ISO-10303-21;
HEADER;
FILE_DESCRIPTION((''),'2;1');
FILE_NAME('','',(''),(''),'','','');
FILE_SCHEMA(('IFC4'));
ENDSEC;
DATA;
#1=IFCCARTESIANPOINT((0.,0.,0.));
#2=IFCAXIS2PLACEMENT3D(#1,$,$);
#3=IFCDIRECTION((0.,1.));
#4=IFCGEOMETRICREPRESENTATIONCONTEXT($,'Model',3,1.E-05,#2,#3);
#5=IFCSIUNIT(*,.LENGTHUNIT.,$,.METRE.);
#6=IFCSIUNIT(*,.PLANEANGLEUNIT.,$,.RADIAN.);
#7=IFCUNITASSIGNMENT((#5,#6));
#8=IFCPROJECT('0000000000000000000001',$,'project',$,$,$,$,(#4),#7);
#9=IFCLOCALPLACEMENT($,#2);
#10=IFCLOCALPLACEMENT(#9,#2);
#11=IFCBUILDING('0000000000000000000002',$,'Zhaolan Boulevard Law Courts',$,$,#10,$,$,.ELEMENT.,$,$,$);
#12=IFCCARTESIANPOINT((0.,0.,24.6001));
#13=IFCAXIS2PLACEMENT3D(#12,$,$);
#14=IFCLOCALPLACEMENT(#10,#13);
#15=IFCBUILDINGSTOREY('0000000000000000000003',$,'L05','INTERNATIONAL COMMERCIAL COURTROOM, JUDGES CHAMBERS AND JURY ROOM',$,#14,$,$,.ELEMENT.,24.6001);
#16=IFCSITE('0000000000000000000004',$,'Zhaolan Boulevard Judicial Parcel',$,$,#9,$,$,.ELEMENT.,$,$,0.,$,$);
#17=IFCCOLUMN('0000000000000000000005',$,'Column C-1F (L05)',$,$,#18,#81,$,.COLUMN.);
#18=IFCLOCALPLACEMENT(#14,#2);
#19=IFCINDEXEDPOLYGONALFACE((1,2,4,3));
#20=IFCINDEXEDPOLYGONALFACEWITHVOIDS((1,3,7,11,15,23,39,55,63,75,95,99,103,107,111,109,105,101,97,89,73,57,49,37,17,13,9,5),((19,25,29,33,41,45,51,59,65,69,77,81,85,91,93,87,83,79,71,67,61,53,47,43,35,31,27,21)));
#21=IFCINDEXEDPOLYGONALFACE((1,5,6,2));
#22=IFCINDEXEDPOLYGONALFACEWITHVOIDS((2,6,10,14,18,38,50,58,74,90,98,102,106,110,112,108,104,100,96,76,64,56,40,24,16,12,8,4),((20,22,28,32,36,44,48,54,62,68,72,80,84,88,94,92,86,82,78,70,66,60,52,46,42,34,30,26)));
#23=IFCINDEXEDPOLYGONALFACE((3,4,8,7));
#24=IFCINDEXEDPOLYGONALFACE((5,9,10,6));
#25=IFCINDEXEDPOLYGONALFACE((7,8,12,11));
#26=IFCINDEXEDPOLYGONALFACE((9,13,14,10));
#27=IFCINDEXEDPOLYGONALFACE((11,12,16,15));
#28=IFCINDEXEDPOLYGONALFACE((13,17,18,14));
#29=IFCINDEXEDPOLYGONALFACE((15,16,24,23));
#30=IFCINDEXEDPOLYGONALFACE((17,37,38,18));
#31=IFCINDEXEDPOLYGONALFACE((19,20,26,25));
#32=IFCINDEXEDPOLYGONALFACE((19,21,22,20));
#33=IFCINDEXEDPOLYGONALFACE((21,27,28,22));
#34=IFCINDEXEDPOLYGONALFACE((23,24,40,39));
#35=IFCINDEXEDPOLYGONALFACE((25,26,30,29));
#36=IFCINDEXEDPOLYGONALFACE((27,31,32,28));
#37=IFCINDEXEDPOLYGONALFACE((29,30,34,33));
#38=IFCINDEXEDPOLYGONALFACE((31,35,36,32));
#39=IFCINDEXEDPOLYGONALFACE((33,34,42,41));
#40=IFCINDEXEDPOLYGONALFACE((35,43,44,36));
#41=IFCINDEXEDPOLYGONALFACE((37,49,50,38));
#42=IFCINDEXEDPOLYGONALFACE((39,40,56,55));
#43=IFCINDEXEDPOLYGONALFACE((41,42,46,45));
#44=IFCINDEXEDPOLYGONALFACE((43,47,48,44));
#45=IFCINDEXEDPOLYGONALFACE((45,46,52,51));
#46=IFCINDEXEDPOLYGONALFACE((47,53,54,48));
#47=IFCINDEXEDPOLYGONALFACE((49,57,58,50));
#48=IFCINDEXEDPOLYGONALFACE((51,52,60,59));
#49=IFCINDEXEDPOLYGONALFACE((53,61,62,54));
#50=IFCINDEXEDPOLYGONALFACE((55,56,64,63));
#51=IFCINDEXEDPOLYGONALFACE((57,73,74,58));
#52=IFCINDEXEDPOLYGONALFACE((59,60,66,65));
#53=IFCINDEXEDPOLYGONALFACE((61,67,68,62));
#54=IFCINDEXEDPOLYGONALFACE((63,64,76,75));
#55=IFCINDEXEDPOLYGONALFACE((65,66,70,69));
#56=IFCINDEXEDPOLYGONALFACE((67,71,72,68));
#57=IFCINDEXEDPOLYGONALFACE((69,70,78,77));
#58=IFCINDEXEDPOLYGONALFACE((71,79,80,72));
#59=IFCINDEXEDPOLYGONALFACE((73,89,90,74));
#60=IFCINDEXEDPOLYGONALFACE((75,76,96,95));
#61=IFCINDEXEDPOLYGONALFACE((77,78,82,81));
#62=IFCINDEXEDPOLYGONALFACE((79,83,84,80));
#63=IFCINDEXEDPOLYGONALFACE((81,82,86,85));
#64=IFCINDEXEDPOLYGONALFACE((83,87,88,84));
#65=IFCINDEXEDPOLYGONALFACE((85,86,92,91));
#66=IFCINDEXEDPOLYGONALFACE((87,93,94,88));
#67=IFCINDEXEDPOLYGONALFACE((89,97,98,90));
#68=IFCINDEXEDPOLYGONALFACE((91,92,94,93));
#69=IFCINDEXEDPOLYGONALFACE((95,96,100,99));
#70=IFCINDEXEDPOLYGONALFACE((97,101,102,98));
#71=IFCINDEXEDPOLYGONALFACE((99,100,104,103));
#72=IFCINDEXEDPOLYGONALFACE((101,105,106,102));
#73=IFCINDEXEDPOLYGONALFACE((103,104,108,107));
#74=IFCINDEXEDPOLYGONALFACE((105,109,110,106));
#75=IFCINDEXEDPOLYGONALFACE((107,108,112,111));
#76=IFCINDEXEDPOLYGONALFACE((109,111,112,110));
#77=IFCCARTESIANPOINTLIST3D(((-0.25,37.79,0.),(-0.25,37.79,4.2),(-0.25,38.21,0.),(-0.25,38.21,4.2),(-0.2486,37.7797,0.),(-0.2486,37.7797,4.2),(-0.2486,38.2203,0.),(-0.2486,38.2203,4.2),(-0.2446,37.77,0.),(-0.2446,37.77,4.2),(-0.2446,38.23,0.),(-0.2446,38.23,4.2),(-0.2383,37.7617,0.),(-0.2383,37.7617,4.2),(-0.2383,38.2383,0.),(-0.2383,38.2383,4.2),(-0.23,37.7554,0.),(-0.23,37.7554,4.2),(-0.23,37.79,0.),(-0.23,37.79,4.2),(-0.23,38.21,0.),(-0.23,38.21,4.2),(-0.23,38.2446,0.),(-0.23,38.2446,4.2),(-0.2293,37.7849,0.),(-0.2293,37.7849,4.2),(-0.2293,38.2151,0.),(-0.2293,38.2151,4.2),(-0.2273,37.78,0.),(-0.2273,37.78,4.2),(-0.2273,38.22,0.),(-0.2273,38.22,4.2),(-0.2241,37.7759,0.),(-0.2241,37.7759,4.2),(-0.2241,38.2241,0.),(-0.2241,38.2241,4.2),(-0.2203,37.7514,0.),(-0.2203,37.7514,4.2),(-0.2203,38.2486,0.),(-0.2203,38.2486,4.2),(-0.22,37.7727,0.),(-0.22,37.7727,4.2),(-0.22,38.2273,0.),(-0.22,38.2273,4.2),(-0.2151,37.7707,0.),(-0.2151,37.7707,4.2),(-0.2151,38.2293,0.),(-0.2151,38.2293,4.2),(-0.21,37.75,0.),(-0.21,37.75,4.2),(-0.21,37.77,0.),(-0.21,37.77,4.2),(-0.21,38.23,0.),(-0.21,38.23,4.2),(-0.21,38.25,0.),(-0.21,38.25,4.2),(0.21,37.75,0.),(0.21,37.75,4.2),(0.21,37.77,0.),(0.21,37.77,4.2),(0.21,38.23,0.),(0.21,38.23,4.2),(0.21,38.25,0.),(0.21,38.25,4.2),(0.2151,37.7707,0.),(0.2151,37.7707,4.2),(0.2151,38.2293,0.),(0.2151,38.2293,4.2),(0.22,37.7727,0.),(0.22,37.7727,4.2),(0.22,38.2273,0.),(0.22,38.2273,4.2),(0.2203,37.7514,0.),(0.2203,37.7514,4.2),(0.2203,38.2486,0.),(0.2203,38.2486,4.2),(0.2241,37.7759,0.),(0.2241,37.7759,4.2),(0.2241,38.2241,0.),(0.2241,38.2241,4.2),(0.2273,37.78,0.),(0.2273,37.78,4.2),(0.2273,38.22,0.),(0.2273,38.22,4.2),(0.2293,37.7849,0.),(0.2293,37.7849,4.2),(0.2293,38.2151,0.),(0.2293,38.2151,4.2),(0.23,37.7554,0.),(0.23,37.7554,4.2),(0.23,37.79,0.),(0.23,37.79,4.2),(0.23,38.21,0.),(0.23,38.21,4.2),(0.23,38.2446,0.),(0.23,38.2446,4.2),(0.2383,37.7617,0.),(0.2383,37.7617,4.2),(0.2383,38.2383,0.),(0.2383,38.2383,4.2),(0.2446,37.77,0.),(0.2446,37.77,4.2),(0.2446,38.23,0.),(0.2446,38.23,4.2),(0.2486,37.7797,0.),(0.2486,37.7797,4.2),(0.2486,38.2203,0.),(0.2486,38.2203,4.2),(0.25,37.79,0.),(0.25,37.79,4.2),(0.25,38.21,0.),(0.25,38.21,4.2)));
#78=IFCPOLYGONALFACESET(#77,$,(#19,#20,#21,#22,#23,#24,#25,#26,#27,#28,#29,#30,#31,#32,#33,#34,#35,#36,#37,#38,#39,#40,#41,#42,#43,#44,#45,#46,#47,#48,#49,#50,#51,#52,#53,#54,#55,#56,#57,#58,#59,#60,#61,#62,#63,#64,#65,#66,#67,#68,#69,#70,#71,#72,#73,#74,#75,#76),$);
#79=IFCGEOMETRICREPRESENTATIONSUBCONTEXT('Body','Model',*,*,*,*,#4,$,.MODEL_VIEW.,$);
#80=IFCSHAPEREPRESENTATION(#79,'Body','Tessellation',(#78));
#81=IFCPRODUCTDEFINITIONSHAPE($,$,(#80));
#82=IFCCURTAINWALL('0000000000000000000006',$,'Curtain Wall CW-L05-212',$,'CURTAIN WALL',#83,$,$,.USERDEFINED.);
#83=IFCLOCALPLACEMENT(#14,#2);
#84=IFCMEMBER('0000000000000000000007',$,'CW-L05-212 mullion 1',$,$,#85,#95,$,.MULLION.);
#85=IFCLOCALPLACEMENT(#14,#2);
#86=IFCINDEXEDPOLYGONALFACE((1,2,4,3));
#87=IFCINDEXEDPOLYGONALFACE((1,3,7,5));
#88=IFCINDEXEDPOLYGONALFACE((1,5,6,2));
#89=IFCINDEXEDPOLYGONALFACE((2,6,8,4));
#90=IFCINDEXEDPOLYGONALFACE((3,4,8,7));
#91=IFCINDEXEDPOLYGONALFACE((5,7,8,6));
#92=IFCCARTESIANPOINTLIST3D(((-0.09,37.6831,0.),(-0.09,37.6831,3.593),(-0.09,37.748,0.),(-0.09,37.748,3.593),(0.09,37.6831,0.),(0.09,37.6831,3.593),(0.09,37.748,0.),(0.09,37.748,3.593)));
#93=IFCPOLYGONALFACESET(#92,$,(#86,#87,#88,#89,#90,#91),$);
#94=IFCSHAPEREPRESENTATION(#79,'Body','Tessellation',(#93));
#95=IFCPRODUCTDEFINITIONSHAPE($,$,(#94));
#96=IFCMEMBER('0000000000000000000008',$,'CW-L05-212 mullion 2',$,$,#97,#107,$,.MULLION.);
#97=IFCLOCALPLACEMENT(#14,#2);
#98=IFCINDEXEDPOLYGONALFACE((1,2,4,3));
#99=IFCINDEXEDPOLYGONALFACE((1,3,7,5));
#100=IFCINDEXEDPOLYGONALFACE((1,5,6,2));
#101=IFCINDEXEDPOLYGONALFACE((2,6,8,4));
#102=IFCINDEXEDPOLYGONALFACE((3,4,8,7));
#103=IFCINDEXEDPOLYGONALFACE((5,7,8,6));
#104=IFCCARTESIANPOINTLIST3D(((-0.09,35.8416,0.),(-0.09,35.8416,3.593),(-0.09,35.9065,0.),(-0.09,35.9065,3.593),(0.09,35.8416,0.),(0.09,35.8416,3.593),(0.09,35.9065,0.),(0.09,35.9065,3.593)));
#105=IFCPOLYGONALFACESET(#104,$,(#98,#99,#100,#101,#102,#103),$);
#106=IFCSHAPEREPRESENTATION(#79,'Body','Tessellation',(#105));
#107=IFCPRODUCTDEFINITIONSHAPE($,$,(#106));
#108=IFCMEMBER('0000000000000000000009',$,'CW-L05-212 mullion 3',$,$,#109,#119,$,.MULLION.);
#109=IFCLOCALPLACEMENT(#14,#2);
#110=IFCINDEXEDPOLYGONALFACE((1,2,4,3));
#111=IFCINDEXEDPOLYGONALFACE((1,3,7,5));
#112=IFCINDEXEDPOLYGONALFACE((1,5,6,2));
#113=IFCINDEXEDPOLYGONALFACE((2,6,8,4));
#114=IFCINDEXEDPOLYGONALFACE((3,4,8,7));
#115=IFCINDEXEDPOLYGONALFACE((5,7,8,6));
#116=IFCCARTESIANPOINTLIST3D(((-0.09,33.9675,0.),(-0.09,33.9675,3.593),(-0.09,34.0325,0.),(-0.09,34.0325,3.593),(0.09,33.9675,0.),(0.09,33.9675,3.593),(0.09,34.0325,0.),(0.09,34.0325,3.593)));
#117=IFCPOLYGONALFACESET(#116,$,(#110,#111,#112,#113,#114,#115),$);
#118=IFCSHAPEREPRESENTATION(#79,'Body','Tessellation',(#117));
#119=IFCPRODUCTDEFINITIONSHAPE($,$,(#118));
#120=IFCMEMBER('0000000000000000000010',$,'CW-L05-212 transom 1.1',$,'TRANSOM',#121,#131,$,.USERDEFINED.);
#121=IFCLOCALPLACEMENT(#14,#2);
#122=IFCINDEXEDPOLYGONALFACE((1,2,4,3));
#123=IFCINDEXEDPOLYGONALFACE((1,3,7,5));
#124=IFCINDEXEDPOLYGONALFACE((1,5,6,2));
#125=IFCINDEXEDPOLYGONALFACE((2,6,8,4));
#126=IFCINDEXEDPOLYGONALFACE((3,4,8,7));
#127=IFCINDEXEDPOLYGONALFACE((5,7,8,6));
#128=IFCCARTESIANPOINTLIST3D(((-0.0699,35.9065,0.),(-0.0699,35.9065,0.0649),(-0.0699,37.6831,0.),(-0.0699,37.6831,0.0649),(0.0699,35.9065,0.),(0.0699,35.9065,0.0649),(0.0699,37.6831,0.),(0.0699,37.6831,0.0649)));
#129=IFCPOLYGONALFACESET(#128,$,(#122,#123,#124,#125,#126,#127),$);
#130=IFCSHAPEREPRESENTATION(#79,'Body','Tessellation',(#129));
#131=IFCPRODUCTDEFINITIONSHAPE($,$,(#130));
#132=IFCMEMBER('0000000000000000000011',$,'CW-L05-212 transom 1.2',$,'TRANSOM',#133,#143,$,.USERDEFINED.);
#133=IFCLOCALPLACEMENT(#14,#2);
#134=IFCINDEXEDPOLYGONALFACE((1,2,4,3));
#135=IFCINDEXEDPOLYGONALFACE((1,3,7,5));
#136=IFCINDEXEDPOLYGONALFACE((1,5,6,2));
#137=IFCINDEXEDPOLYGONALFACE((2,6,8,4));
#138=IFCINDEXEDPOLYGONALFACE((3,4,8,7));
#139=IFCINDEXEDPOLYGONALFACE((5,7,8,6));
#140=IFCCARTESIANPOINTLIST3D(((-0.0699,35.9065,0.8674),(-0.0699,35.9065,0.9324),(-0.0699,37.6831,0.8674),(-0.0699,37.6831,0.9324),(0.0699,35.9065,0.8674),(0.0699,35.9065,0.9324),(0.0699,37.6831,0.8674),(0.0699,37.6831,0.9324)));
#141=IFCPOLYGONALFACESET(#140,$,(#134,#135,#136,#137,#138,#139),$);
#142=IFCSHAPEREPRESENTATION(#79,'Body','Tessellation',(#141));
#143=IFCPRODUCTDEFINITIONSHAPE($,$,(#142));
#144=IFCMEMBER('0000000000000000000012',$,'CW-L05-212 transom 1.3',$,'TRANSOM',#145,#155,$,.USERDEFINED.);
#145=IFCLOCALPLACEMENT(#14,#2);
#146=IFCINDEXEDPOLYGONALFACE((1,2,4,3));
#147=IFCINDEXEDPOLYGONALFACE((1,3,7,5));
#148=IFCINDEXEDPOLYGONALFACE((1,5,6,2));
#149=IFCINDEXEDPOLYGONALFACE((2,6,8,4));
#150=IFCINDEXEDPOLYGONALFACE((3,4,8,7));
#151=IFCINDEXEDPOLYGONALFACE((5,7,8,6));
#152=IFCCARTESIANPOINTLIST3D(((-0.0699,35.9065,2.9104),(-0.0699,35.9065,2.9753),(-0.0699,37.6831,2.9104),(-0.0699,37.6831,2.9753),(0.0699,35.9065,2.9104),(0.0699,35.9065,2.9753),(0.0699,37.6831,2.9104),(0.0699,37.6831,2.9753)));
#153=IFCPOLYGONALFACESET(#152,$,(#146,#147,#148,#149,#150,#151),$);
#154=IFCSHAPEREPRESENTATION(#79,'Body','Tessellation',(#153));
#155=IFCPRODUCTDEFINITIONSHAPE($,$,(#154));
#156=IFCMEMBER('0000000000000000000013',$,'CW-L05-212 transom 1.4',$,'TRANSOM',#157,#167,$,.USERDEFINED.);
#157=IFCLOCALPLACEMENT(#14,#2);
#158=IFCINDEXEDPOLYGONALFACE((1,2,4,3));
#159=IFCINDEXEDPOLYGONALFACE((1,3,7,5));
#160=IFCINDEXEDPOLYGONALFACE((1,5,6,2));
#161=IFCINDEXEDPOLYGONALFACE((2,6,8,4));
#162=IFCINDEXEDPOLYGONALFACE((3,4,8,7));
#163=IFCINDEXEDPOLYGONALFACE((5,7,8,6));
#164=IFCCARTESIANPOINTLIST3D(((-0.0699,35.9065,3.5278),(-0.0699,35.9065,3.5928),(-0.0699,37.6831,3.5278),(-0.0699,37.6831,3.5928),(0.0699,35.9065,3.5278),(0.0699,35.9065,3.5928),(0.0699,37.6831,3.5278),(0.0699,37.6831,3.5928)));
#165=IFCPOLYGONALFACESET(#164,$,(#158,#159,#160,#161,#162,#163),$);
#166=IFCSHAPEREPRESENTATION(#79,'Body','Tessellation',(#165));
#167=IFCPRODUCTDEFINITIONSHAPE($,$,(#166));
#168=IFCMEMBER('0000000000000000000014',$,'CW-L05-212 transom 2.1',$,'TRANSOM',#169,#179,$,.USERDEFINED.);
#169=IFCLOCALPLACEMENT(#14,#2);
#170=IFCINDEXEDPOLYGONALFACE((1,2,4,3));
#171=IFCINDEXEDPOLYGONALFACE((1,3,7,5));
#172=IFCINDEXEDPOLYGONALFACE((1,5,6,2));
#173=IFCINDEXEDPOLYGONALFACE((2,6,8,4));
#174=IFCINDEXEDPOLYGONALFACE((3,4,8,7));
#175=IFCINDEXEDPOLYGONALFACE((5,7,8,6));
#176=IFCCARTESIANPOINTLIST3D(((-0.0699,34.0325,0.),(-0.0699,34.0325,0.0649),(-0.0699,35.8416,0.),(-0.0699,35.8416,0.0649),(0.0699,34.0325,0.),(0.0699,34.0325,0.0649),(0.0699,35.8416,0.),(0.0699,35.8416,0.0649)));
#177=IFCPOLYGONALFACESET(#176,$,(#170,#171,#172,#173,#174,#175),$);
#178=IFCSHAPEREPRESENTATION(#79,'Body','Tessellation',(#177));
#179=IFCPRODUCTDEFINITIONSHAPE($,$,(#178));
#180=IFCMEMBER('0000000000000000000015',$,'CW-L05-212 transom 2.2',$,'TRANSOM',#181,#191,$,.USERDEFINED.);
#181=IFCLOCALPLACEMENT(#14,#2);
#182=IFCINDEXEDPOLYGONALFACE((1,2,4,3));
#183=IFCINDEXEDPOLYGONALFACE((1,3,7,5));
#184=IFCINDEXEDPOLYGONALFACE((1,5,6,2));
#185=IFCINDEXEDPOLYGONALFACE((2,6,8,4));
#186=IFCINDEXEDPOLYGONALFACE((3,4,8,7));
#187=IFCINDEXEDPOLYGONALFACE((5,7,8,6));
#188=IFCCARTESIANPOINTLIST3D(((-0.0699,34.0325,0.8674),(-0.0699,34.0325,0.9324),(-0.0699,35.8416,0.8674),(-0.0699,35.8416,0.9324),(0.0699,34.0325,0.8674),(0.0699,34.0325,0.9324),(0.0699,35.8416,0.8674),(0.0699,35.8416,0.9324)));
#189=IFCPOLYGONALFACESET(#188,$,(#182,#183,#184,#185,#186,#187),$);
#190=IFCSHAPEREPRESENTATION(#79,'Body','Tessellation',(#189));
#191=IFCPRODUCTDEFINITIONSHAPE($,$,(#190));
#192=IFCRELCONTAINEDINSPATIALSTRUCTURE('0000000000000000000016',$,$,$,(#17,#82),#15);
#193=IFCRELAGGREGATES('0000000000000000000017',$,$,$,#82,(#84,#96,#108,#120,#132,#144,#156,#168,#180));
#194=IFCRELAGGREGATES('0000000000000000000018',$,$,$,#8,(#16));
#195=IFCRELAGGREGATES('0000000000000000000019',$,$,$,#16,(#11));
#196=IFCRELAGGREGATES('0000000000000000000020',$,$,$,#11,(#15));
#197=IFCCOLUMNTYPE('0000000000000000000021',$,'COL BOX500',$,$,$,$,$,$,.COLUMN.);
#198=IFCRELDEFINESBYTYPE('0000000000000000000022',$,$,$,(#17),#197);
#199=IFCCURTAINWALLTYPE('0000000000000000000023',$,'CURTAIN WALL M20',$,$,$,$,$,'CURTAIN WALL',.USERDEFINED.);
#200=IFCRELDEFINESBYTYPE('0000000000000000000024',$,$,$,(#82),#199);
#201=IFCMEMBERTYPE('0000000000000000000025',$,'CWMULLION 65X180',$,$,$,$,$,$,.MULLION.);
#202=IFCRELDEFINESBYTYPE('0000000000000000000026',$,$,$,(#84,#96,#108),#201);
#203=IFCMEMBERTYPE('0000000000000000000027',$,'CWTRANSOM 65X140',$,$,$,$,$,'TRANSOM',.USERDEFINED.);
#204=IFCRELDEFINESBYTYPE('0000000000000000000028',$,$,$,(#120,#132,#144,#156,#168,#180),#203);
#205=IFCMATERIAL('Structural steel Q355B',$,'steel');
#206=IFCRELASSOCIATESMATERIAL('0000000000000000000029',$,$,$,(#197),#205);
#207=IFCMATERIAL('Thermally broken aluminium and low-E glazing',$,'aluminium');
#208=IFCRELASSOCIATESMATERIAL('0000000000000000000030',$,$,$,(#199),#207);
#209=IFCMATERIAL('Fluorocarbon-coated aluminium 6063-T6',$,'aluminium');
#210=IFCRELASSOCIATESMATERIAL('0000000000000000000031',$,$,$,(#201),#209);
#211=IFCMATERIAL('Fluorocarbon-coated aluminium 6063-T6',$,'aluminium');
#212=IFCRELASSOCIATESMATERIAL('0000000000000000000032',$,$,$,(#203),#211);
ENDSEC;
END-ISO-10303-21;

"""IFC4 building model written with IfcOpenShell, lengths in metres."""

from ifc_helpers import new_model, si_unit, direction, frame, origin, origin_2d, place, context, subcontext, project, spatial, rectangle, hollow_rectangle, extrude, material, material_profile, profile_set, type_object, element, aggregate, save


model = new_model("IFC4")

# Units and contexts
model_context = context("Model", 3, precision=1e-05, world=origin(), true_north=direction((0.0, 1.0)))
body_context = subcontext(model_context, "Body", "Model", "MODEL_VIEW")
ifc_project = project(units=[si_unit("LENGTHUNIT", "METRE"), si_unit("PLANEANGLEUNIT", "RADIAN")], contexts=[model_context])

# Site, building, storey
site_placement = place(None, origin())
site = spatial("IfcSite", under=ifc_project, at=site_placement, Name="Zhaolan Boulevard Judicial Parcel", CompositionType="ELEMENT", RefElevation=0.0)
building_placement = place(site_placement, origin())
building = spatial("IfcBuilding", under=site, at=building_placement, Name="Zhaolan Boulevard Law Courts", CompositionType="ELEMENT")
storey_placement = place(building_placement, frame((0.0, 0.0, 24.6001)))
storey = spatial("IfcBuildingStorey", under=building, at=storey_placement, Name="L05", Description="INTERNATIONAL COMMERCIAL COURTROOM, JUDGES CHAMBERS AND JURY ROOM", CompositionType="ELEMENT", Elevation=24.6001)

# Column
ifc_material_1 = material(Name="Structural steel Q355B", Category="steel")
ifc_material_profile_1 = material_profile(ifc_material_1, hollow_rectangle(XDim=0.5, YDim=0.5, WallThickness=0.02, InnerFilletRadius=0.02, OuterFilletRadius=0.04, at=origin_2d()), Name="BOX500x500x20")
ifc_profile_set_1 = profile_set([ifc_material_profile_1], Name="Structural steel Q355B")
column_type = type_object("IfcColumnType", Name="COL BOX500", PredefinedType="COLUMN", material=ifc_profile_set_1)
column_placement = place(storey_placement, frame((0.0, 38.0, 0.0), z_axis=(0.0, 0.0, 1.0), x_axis=(1.0, 0.0, 0.0)))
element("IfcColumn", 1, at=column_placement, inside=storey, type_object=column_type, Name="Column C-1F (L05)", PredefinedType="COLUMN", context=body_context, shape_type="SweptSolid", body=[
    extrude(hollow_rectangle(XDim=0.5, YDim=0.5, WallThickness=0.02, InnerFilletRadius=0.02, OuterFilletRadius=0.04, at=origin_2d()), origin(), (0.0, 0.0, 1.0), 4.2),
])

# Curtain wall, members
ifc_material_2 = material(Name="Thermally broken aluminium and low-E glazing", Category="aluminium")
curtain_wall_type = type_object("IfcCurtainWallType", Name="CURTAIN WALL M20", ElementType="CURTAIN WALL", PredefinedType="USERDEFINED", material=ifc_material_2)
curtain_wall_placement = place(storey_placement, origin())
curtain_wall = element("IfcCurtainWall", 2, at=curtain_wall_placement, inside=storey, type_object=curtain_wall_type, Name="Curtain Wall CW-L05-212", ObjectType="CURTAIN WALL", PredefinedType="USERDEFINED")
ifc_material_3 = material(Name="Fluorocarbon-coated aluminium 6063-T6", Category="aluminium")
ifc_material_profile_2 = material_profile(ifc_material_3, rectangle(XDim=0.1799, YDim=0.0649, at=origin_2d()), Name="AL65x180")
ifc_profile_set_2 = profile_set([ifc_material_profile_2], Name="Fluorocarbon-coated aluminium 6063-T6")
member_type_1 = type_object("IfcMemberType", Name="CWMULLION 65X180", PredefinedType="MULLION", material=ifc_profile_set_2)
member_1_placement = place(storey_placement, frame((0.0, 37.7156, 0.0), z_axis=(0.0, 0.0, 1.0), x_axis=(1.0, 0.0, 0.0)))
member_1 = element("IfcMember", 3, at=member_1_placement, type_object=member_type_1, Name="CW-L05-212 mullion 1", PredefinedType="MULLION", context=body_context, shape_type="SweptSolid", body=[
    extrude(rectangle(XDim=0.1799, YDim=0.0649, at=origin_2d()), origin(), (0.0, 0.0, 1.0), 3.593),
])
member_2_placement = place(storey_placement, frame((0.0, 35.874, 0.0), z_axis=(0.0, 0.0, 1.0), x_axis=(1.0, 0.0, 0.0)))
member_2 = element("IfcMember", 4, at=member_2_placement, type_object=member_type_1, Name="CW-L05-212 mullion 2", PredefinedType="MULLION", context=body_context, shape_type="SweptSolid", body=[
    extrude(rectangle(XDim=0.1799, YDim=0.0649, at=origin_2d()), origin(), (0.0, 0.0, 1.0), 3.593),
])
member_3_placement = place(storey_placement, frame((0.0, 34.0, 0.0), z_axis=(0.0, 0.0, 1.0), x_axis=(1.0, 0.0, 0.0)))
member_3 = element("IfcMember", 5, at=member_3_placement, type_object=member_type_1, Name="CW-L05-212 mullion 3", PredefinedType="MULLION", context=body_context, shape_type="SweptSolid", body=[
    extrude(rectangle(XDim=0.1799, YDim=0.0649, at=origin_2d()), origin(), (0.0, 0.0, 1.0), 3.593),
])
ifc_material_4 = material(Name="Fluorocarbon-coated aluminium 6063-T6", Category="aluminium")
ifc_material_profile_3 = material_profile(ifc_material_4, rectangle(XDim=0.1399, YDim=0.0649, at=origin_2d()), Name="AL65x140")
ifc_profile_set_3 = profile_set([ifc_material_profile_3], Name="Fluorocarbon-coated aluminium 6063-T6")
member_type_2 = type_object("IfcMemberType", Name="CWTRANSOM 65X140", ElementType="TRANSOM", PredefinedType="USERDEFINED", material=ifc_profile_set_3)
member_4_placement = place(storey_placement, frame((0.0, 37.6831, 0.0325), z_axis=(0.0, -1.0, 0.0), x_axis=(1.0, 0.0, 0.0)))
member_4 = element("IfcMember", 6, at=member_4_placement, type_object=member_type_2, Name="CW-L05-212 transom 1.1", ObjectType="TRANSOM", PredefinedType="USERDEFINED", context=body_context, shape_type="SweptSolid", body=[
    extrude(rectangle(XDim=0.1399, YDim=0.0649, at=origin_2d()), origin(), (0.0, 0.0, 1.0), 1.7766),
])
member_5_placement = place(storey_placement, frame((0.0, 37.6831, 0.8999), z_axis=(0.0, -1.0, 0.0), x_axis=(1.0, 0.0, 0.0)))
member_5 = element("IfcMember", 7, at=member_5_placement, type_object=member_type_2, Name="CW-L05-212 transom 1.2", ObjectType="TRANSOM", PredefinedType="USERDEFINED", context=body_context, shape_type="SweptSolid", body=[
    extrude(rectangle(XDim=0.1399, YDim=0.0649, at=origin_2d()), origin(), (0.0, 0.0, 1.0), 1.7766),
])
member_6_placement = place(storey_placement, frame((0.0, 37.6831, 2.9429), z_axis=(0.0, -1.0, 0.0), x_axis=(1.0, 0.0, 0.0)))
member_6 = element("IfcMember", 8, at=member_6_placement, type_object=member_type_2, Name="CW-L05-212 transom 1.3", ObjectType="TRANSOM", PredefinedType="USERDEFINED", context=body_context, shape_type="SweptSolid", body=[
    extrude(rectangle(XDim=0.1399, YDim=0.0649, at=origin_2d()), origin(), (0.0, 0.0, 1.0), 1.7766),
])
member_7_placement = place(storey_placement, frame((0.0, 37.6831, 3.5603), z_axis=(0.0, -1.0, 0.0), x_axis=(1.0, 0.0, 0.0)))
member_7 = element("IfcMember", 9, at=member_7_placement, type_object=member_type_2, Name="CW-L05-212 transom 1.4", ObjectType="TRANSOM", PredefinedType="USERDEFINED", context=body_context, shape_type="SweptSolid", body=[
    extrude(rectangle(XDim=0.1399, YDim=0.0649, at=origin_2d()), origin(), (0.0, 0.0, 1.0), 1.7766),
])
member_8_placement = place(storey_placement, frame((0.0, 35.8416, 0.0325), z_axis=(0.0, -1.0, 0.0), x_axis=(1.0, 0.0, 0.0)))
member_8 = element("IfcMember", 10, at=member_8_placement, type_object=member_type_2, Name="CW-L05-212 transom 2.1", ObjectType="TRANSOM", PredefinedType="USERDEFINED", context=body_context, shape_type="SweptSolid", body=[
    extrude(rectangle(XDim=0.1399, YDim=0.0649, at=origin_2d()), origin(), (0.0, 0.0, 1.0), 1.8091),
])
member_9_placement = place(storey_placement, frame((0.0, 35.8416, 0.8999), z_axis=(0.0, -1.0, 0.0), x_axis=(1.0, 0.0, 0.0)))
member_9 = element("IfcMember", 11, at=member_9_placement, type_object=member_type_2, Name="CW-L05-212 transom 2.2", ObjectType="TRANSOM", PredefinedType="USERDEFINED", context=body_context, shape_type="SweptSolid", body=[
    extrude(rectangle(XDim=0.1399, YDim=0.0649, at=origin_2d()), origin(), (0.0, 0.0, 1.0), 1.8091),
])

aggregate(curtain_wall, [member_1, member_2, member_3, member_4, member_5, member_6, member_7, member_8, member_9])

save(model, "model.ifc")
